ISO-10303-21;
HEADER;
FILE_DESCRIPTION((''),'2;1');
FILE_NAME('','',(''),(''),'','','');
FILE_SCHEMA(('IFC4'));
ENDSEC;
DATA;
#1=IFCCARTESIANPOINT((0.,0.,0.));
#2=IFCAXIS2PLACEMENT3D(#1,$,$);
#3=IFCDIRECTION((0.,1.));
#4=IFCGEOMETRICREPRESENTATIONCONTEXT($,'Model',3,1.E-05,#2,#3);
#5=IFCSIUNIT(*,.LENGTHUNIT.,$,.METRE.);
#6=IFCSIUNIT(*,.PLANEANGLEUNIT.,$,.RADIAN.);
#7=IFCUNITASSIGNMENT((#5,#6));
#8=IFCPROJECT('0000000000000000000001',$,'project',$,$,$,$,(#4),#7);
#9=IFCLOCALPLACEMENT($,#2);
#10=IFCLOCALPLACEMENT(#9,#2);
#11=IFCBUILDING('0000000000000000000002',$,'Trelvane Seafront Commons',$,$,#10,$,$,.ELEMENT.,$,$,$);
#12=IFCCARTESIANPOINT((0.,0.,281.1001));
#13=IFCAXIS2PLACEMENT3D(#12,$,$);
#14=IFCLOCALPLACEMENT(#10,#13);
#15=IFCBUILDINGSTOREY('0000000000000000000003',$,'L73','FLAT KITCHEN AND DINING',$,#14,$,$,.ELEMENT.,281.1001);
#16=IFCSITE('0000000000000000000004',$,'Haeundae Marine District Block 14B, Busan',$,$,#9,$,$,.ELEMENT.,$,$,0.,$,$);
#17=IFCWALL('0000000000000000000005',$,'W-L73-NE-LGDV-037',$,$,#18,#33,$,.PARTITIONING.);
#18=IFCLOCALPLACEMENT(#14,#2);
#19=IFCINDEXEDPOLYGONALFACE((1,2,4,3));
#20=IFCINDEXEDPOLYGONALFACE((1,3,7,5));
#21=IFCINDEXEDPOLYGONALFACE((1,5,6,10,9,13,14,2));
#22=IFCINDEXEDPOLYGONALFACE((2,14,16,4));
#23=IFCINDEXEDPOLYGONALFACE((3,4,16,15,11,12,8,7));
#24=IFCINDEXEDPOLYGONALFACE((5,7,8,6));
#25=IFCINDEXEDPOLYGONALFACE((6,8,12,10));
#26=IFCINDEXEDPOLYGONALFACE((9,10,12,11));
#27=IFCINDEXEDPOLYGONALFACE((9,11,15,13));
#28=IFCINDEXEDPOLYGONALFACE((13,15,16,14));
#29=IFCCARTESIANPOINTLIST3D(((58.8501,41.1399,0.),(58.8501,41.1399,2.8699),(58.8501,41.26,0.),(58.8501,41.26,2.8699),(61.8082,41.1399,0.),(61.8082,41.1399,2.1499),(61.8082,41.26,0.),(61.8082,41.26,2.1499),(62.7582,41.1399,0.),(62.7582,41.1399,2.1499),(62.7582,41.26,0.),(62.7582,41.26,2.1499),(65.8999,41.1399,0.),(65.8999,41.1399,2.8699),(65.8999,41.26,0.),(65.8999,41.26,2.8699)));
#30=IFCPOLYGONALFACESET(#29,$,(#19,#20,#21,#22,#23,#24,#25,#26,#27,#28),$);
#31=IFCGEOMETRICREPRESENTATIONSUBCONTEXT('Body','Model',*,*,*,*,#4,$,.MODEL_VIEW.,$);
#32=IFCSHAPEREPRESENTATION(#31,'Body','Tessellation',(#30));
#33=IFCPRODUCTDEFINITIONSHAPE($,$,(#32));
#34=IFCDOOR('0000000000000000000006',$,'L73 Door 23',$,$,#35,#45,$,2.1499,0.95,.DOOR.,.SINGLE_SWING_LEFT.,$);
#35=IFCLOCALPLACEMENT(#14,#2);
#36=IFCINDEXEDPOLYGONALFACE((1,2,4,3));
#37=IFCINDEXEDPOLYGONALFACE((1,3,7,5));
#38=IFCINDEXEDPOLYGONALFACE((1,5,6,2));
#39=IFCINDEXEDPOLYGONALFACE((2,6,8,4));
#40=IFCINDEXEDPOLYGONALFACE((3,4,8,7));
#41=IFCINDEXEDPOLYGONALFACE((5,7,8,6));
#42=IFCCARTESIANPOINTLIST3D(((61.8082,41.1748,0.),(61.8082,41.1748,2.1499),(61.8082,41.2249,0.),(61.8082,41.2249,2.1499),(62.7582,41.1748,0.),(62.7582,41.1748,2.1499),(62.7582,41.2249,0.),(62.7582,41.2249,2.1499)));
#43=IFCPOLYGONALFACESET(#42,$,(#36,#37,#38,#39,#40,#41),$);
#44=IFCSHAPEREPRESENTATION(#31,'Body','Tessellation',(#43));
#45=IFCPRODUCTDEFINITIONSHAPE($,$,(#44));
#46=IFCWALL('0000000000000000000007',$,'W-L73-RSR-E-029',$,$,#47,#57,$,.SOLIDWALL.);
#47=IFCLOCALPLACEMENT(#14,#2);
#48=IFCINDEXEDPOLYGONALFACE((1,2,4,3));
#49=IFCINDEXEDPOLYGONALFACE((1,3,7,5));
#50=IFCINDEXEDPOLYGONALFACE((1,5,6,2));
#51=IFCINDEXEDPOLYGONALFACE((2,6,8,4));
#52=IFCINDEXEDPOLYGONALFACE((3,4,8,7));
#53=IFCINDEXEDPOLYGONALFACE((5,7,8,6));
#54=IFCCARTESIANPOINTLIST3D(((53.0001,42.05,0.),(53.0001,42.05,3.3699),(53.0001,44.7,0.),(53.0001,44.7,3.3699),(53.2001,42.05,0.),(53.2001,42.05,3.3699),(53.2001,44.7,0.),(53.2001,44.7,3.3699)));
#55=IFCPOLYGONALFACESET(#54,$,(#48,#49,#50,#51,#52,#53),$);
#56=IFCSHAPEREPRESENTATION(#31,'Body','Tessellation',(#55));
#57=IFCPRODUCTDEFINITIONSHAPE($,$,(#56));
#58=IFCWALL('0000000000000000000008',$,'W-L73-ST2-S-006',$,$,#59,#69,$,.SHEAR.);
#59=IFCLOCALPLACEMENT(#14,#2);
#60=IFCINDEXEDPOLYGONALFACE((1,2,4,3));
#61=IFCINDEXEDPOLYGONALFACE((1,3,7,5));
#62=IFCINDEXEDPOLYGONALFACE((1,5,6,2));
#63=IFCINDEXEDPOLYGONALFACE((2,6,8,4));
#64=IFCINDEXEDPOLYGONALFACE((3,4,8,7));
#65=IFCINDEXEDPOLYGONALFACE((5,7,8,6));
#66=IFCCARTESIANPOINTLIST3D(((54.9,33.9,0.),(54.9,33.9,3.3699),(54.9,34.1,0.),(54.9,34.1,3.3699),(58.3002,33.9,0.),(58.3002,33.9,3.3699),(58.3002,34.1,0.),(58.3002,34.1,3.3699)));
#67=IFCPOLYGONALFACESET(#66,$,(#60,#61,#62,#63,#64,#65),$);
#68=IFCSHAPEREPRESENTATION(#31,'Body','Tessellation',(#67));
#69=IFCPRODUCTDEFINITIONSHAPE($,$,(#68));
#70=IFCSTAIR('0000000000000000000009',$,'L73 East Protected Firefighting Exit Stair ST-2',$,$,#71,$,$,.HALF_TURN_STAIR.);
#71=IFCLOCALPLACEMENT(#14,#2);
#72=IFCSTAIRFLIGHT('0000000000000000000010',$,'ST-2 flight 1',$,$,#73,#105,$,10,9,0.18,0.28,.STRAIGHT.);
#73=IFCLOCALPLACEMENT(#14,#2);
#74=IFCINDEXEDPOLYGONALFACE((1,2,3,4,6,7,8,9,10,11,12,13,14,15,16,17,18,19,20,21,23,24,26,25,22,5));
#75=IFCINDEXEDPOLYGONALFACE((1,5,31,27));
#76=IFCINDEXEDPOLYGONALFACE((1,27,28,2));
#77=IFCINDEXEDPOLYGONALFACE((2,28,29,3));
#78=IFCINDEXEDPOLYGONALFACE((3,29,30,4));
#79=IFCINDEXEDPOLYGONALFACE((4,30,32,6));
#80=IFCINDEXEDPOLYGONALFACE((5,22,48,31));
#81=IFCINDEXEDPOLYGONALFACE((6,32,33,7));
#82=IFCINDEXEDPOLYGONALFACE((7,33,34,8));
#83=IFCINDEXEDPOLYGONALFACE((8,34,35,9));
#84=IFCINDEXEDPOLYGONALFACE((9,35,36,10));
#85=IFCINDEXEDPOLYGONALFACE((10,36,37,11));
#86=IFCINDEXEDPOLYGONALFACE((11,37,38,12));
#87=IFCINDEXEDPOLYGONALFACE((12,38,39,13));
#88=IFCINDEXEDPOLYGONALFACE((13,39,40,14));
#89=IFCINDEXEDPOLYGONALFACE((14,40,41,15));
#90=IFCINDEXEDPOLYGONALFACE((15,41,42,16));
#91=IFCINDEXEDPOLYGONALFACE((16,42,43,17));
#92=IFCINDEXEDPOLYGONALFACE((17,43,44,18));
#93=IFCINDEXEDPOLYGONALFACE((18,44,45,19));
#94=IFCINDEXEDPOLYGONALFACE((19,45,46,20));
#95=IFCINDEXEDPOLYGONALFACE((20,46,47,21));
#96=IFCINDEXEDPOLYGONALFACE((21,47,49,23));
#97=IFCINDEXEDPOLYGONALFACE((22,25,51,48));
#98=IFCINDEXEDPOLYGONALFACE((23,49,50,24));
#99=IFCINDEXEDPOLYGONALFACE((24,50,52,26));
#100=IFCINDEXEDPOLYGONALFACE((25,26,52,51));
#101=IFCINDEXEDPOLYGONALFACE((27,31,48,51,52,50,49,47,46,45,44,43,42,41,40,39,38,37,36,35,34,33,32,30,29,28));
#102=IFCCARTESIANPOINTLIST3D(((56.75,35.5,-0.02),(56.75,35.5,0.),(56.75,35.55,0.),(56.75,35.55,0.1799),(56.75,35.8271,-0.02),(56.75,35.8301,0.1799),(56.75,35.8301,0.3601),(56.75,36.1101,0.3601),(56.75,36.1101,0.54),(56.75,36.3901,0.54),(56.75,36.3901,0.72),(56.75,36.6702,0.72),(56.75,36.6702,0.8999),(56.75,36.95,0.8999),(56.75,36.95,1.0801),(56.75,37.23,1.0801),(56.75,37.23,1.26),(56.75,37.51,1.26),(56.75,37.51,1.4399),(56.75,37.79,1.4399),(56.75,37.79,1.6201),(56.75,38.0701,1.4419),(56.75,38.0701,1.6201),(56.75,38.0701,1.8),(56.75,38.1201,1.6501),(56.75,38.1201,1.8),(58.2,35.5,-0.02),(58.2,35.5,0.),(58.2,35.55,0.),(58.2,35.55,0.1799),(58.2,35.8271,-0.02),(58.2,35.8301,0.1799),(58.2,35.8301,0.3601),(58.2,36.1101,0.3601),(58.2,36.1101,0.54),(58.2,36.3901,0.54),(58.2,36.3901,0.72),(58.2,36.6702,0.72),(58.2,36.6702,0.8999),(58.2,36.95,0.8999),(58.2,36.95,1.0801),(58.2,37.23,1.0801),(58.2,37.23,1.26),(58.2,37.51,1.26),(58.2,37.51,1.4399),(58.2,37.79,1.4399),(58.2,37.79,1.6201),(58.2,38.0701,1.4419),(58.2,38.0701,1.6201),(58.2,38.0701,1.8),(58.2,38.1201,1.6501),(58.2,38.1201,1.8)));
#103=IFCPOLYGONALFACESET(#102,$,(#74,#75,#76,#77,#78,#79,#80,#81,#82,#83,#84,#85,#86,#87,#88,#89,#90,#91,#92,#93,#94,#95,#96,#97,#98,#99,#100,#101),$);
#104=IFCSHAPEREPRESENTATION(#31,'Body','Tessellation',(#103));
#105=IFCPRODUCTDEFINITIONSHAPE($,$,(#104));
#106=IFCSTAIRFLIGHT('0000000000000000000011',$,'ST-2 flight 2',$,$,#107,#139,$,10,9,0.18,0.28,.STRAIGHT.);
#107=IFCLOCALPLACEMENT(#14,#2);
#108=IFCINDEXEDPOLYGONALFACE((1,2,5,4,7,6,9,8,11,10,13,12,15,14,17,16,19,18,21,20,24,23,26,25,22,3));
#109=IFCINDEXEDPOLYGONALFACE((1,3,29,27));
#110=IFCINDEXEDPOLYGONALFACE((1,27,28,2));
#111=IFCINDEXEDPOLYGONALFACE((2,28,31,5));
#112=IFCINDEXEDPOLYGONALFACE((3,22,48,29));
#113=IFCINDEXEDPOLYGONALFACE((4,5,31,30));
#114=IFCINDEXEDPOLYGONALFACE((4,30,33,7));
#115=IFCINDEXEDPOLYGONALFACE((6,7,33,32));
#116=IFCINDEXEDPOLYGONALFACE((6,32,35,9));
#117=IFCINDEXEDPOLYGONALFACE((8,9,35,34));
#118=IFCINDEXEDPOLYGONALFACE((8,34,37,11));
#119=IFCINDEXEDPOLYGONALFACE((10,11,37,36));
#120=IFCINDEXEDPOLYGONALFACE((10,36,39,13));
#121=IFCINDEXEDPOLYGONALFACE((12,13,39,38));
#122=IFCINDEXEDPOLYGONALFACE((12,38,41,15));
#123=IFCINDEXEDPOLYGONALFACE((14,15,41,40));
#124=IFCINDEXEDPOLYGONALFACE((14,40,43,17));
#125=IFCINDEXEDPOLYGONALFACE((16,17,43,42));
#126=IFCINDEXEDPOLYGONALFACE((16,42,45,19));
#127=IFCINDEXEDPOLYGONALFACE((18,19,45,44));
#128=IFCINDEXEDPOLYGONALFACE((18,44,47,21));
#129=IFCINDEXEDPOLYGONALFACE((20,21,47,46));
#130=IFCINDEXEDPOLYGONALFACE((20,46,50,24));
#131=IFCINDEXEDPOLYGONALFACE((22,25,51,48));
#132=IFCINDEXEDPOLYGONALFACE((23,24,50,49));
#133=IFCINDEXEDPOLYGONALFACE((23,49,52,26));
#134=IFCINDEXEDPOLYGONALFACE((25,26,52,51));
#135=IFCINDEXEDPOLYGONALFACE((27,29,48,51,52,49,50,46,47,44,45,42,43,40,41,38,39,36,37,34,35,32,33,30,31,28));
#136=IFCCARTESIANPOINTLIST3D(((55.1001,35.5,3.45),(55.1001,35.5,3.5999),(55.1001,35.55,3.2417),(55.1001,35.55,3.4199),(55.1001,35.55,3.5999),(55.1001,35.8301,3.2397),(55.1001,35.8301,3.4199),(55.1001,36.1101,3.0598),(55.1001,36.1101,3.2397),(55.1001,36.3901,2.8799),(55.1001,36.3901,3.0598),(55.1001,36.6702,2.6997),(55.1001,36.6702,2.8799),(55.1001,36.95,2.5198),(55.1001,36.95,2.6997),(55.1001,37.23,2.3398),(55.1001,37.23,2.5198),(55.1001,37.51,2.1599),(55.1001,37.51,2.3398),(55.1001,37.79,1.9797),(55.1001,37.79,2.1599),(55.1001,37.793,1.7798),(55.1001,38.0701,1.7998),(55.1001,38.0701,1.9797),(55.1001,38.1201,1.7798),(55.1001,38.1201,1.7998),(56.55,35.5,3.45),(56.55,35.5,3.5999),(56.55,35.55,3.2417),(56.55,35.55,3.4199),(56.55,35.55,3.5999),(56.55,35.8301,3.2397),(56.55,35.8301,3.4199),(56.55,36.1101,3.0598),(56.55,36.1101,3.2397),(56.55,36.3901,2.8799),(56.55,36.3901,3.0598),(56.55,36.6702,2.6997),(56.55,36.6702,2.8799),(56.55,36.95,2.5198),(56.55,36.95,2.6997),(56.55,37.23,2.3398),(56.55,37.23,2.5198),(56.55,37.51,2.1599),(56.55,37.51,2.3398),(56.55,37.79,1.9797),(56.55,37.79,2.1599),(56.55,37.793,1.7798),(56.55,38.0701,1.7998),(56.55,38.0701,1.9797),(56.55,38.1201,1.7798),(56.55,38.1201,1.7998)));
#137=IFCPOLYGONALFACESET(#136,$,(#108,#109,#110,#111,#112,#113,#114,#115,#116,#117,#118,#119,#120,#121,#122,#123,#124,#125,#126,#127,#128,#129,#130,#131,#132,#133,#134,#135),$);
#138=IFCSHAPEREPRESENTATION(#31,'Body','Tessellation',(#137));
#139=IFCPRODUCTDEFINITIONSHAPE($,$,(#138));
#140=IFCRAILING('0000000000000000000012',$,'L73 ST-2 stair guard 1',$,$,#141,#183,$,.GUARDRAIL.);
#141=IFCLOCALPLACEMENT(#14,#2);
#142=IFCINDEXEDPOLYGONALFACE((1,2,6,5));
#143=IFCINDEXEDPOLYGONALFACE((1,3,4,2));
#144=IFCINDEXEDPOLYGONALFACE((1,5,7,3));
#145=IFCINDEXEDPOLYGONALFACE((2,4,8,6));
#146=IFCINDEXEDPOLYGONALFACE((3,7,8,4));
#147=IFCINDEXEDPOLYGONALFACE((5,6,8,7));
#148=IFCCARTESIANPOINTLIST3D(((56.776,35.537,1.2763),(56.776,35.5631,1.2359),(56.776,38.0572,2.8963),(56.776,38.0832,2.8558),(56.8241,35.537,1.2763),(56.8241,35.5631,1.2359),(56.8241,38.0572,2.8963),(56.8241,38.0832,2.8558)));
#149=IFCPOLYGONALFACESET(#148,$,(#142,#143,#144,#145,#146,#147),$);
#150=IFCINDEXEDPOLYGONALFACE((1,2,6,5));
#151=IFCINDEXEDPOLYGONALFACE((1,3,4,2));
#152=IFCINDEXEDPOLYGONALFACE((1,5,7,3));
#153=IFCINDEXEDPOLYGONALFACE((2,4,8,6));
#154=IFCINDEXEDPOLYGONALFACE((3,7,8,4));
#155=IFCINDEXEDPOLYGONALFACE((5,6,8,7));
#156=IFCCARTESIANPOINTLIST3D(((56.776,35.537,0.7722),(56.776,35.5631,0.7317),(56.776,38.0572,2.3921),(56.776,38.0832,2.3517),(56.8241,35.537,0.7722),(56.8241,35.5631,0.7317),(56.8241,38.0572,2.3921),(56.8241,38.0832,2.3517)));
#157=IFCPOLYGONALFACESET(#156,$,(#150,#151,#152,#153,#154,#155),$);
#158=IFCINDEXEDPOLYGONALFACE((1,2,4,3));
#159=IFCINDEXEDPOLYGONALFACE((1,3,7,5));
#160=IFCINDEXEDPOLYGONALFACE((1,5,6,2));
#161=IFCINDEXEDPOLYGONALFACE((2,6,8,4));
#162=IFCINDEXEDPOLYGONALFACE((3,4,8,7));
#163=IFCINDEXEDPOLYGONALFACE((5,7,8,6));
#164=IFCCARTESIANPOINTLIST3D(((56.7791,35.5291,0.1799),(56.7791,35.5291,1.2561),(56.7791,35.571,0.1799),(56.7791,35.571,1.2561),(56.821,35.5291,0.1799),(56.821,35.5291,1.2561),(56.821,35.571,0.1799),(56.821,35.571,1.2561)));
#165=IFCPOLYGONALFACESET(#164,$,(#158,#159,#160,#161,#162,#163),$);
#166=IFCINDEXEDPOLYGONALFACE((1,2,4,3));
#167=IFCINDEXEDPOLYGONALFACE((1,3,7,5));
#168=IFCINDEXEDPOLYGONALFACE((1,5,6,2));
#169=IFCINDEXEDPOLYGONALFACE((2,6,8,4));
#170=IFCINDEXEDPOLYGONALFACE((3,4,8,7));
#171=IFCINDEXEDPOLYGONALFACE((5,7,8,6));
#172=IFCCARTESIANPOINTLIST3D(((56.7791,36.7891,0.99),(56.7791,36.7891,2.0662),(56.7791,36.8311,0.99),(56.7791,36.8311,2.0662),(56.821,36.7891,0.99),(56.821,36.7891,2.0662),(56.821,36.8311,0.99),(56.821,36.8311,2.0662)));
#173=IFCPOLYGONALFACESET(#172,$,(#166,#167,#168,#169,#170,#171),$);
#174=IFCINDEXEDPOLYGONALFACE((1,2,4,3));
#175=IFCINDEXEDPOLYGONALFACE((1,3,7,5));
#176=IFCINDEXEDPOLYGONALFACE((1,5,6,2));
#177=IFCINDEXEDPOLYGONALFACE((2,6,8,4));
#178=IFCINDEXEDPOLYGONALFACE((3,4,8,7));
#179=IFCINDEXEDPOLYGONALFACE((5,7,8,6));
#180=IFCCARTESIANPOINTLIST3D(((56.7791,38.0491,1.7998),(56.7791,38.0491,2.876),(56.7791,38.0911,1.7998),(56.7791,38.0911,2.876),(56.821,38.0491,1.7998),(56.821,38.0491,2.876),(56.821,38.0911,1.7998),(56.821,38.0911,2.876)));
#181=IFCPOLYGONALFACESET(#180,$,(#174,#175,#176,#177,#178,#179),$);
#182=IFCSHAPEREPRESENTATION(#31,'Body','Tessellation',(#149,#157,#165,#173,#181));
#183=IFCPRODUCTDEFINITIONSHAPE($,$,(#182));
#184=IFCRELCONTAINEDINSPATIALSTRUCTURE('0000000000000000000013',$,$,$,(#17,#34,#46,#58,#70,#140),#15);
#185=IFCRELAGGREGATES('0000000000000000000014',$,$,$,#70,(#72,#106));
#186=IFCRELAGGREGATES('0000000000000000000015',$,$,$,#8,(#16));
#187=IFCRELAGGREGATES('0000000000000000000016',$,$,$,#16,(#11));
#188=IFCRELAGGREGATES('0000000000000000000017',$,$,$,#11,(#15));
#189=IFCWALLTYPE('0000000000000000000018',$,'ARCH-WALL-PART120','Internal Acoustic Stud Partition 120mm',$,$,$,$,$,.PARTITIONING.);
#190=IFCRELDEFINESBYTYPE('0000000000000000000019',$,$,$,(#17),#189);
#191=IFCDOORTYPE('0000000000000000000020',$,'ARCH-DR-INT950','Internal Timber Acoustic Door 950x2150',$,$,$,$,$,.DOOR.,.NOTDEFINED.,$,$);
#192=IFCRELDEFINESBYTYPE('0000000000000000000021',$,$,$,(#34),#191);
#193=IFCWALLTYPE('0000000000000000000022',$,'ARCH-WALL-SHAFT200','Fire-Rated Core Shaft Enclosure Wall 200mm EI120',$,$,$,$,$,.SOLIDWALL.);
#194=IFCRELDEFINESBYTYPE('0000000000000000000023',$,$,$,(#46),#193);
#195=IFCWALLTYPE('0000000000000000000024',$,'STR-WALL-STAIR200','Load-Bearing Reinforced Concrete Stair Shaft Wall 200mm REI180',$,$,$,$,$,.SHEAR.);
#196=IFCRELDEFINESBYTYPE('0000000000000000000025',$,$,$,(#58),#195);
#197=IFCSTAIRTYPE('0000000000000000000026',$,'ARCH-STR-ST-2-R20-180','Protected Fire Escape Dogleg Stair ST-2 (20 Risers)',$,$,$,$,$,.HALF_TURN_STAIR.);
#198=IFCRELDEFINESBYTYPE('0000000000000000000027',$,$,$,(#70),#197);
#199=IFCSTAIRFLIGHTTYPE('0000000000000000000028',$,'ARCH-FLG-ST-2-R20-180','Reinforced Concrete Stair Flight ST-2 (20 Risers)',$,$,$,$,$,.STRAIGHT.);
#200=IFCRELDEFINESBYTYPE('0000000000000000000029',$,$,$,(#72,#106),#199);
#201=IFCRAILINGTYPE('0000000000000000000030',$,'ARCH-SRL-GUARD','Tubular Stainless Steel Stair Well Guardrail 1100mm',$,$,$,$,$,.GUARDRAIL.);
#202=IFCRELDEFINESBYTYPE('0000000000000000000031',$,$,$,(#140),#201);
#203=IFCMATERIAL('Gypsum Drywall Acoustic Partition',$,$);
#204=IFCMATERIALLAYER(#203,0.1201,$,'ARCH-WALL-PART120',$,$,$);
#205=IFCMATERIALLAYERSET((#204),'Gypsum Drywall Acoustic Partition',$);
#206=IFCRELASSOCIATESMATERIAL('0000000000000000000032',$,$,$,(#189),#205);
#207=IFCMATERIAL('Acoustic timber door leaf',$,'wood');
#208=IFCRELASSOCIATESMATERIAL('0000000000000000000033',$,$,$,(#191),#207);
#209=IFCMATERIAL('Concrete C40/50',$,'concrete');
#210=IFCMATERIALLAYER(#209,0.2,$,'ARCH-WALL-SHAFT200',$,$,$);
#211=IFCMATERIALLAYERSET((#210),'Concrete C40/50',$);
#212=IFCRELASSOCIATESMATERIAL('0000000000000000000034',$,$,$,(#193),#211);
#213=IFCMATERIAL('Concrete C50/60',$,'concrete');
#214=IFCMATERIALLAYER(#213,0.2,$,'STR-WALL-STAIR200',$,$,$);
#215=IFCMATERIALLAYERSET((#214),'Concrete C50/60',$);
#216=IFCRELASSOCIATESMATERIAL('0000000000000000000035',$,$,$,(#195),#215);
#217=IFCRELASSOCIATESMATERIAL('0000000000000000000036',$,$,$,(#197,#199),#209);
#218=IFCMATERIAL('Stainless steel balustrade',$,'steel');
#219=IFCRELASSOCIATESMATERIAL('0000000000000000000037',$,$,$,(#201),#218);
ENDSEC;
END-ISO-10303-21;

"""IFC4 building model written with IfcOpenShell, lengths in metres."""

from ifc_helpers import new_model, si_unit, direction, frame, frame_2d, origin, origin_2d, place, context, subcontext, project, spatial, polyline, rectangle, outline, extrude, source, transform, mapped, material, layer, layer_set, type_object, element, fill, aggregate, save


model = new_model("IFC4")

# Units and contexts
model_context = context("Model", 3, precision=1e-05, world=origin(), true_north=direction((0.0, 1.0)))
body_context = subcontext(model_context, "Body", "Model", "MODEL_VIEW")
ifc_project = project(units=[si_unit("LENGTHUNIT", "METRE"), si_unit("PLANEANGLEUNIT", "RADIAN")], contexts=[model_context])

# Site, building, storey
site_placement = place(None, origin())
site = spatial("IfcSite", under=ifc_project, at=site_placement, Name="Haeundae Marine District Block 14B, Busan", CompositionType="ELEMENT", RefElevation=0.0)
building_placement = place(site_placement, origin())
building = spatial("IfcBuilding", under=site, at=building_placement, Name="Trelvane Seafront Commons", CompositionType="ELEMENT")
storey_placement = place(building_placement, frame((0.0, 0.0, 281.1001)))
storey = spatial("IfcBuildingStorey", under=building, at=storey_placement, Name="L73", Description="FLAT KITCHEN AND DINING", CompositionType="ELEMENT", Elevation=281.1001)

# Shared definitions
ifc_material_1 = material(Name="Concrete C50/60", Category="concrete")

# Shared definitions
ifc_material_2 = material(Name="Concrete C40/50", Category="concrete")

# Wall, opening, door
ifc_material_3 = material(Name="Gypsum Drywall Acoustic Partition")
ifc_layer_1 = layer(ifc_material_3, 0.1201, Name="ARCH-WALL-PART120")
ifc_layer_set_1 = layer_set([ifc_layer_1], Name="Gypsum Drywall Acoustic Partition")
wall_type_1 = type_object("IfcWallType", Name="ARCH-WALL-PART120", Description="Internal Acoustic Stud Partition 120mm", PredefinedType="PARTITIONING", material=ifc_layer_set_1)
wall_1_placement = place(storey_placement, frame((58.8501, 41.2, 0.0), z_axis=(0.0, 0.0, 1.0), x_axis=(1.0, 0.0, 0.0)))
wall_1 = element("IfcWall", 1, at=wall_1_placement, inside=storey, type_object=wall_type_1, Name="W-L73-NE-LGDV-037", PredefinedType="PARTITIONING", context=body_context, shape_type="SweptSolid", body=[
    extrude(rectangle(XDim=7.0498, YDim=0.1201, at=frame_2d((3.5249, 0.0))), origin(), (0.0, 0.0, 1.0), 2.8699),
])
opening_1_placement = place(wall_1_placement, frame((2.958, 0.0, 0.0)))
opening_1 = element("IfcOpeningElement", 2, at=opening_1_placement, cuts=wall_1, PredefinedType="OPENING", context=body_context, shape_type="SweptSolid", body=[
    extrude(rectangle(XDim=0.95, YDim=2.1499, at=frame_2d((0.4751, 1.075))), frame((0.0, 0.0701, 0.0), z_axis=(0.0, -1.0, 0.0), x_axis=(1.0, 0.0, 0.0)), (0.0, 0.0, 1.0), 0.1401),
])
ifc_material_4 = material(Name="Acoustic timber door leaf", Category="wood")
door_type_1 = type_object("IfcDoorType", Name="ARCH-DR-INT950", Description="Internal Timber Acoustic Door 950x2150", OperationType="NOTDEFINED", PredefinedType="DOOR", material=ifc_material_4)
shared_shape_1 = source(origin(), body_context, "Body", "SweptSolid", [
    extrude(rectangle(XDim=0.95, YDim=2.1499, at=frame_2d((0.4751, 1.075))), frame((0.0, 0.0249, 0.0), z_axis=(0.0, -1.0, 0.0), x_axis=(1.0, 0.0, 0.0)), (0.0, 0.0, 1.0), 0.05),
])
door_1_placement = place(opening_1_placement, origin())
door_1 = element("IfcDoor", 3, at=door_1_placement, inside=storey, type_object=door_type_1, Name="L73 Door 23", OperationType="SINGLE_SWING_LEFT", OverallHeight=2.1499, OverallWidth=0.95, PredefinedType="DOOR", context=body_context, shape_type="MappedRepresentation", body=[
    mapped(shared_shape_1, transform((0.0, 0.0, 0.0), x_axis=(1.0, 0.0, 0.0), y_axis=(0.0, 1.0, 0.0), z_axis=(0.0, 0.0, 1.0), scale=1.0)),
])
fill(opening_1, door_1)

# Walls
ifc_layer_2 = layer(ifc_material_2, 0.2, Name="ARCH-WALL-SHAFT200")
ifc_layer_set_2 = layer_set([ifc_layer_2], Name="Concrete C40/50")
wall_type_2 = type_object("IfcWallType", Name="ARCH-WALL-SHAFT200", Description="Fire-Rated Core Shaft Enclosure Wall 200mm EI120", PredefinedType="SOLIDWALL", material=ifc_layer_set_2)
wall_2_placement = place(storey_placement, frame((53.1001, 42.05, 0.0), z_axis=(0.0, 0.0, 1.0), x_axis=(0.0, 1.0, 0.0)))
element("IfcWall", 4, at=wall_2_placement, inside=storey, type_object=wall_type_2, Name="W-L73-RSR-E-029", PredefinedType="SOLIDWALL", context=body_context, shape_type="SweptSolid", body=[
    extrude(rectangle(XDim=2.6499, YDim=0.2, at=frame_2d((1.325, 0.0))), origin(), (0.0, 0.0, 1.0), 3.3699),
])
ifc_layer_3 = layer(ifc_material_1, 0.2, Name="STR-WALL-STAIR200")
ifc_layer_set_3 = layer_set([ifc_layer_3], Name="Concrete C50/60")
wall_type_3 = type_object("IfcWallType", Name="STR-WALL-STAIR200", Description="Load-Bearing Reinforced Concrete Stair Shaft Wall 200mm REI180", PredefinedType="SHEAR", material=ifc_layer_set_3)
wall_3_placement = place(storey_placement, frame((54.8999, 34.0, 0.0), z_axis=(0.0, 0.0, 1.0), x_axis=(1.0, 0.0, 0.0)))
element("IfcWall", 5, at=wall_3_placement, inside=storey, type_object=wall_type_3, Name="W-L73-ST2-S-006", PredefinedType="SHEAR", context=body_context, shape_type="SweptSolid", body=[
    extrude(rectangle(XDim=3.4001, YDim=0.2, at=frame_2d((1.7002, 0.0))), origin(), (0.0, 0.0, 1.0), 3.3699),
])

# Stair, stair flights
stair_type = type_object("IfcStairType", Name="ARCH-STR-ST-2-R20-180", Description="Protected Fire Escape Dogleg Stair ST-2 (20 Risers)", PredefinedType="HALF_TURN_STAIR", material=ifc_material_2)
stair_placement = place(storey_placement, origin())
stair = element("IfcStair", 6, at=stair_placement, inside=storey, type_object=stair_type, Name="L73 East Protected Firefighting Exit Stair ST-2", PredefinedType="HALF_TURN_STAIR")
stair_flight_type = type_object("IfcStairFlightType", Name="ARCH-FLG-ST-2-R20-180", Description="Reinforced Concrete Stair Flight ST-2 (20 Risers)", PredefinedType="STRAIGHT", material=ifc_material_2)
shared_shape_2 = source(origin(), body_context, "Body", "SweptSolid", [
    extrude(outline(polyline([(-0.05, -0.02), (-0.05, 0.0), (0.0, 0.0), (0.0, 0.1799), (0.28, 0.1799), (0.28, 0.3601), (0.5601, 0.3601), (0.5601, 0.54), (0.8401, 0.54), (0.8401, 0.72), (1.1201, 0.72), (1.1201, 0.8999), (1.3999, 0.8999), (1.3999, 1.0801), (1.6799, 1.0801), (1.6799, 1.26), (1.96, 1.26), (1.96, 1.4399), (2.24, 1.4399), (2.24, 1.6201), (2.52, 1.6201), (2.52, 1.8), (2.5701, 1.8), (2.5701, 1.6501), (2.52, 1.4419), (0.2771, -0.02), (-0.05, -0.02)])), frame((0.0, 0.7251, 0.0), z_axis=(0.0, -1.0, 0.0), x_axis=(1.0, 0.0, 0.0)), (0.0, 0.0, 1.0), 1.45),
])
stair_flight_1_placement = place(storey_placement, frame((57.4751, 35.55, 0.0), z_axis=(0.0, 0.0, 1.0), x_axis=(0.0, 1.0, 0.0)))
stair_flight_1 = element("IfcStairFlight", 7, at=stair_flight_1_placement, type_object=stair_flight_type, Name="ST-2 flight 1", NumberOfRisers=10, NumberOfTreads=9, PredefinedType="STRAIGHT", RiserHeight=0.18, TreadLength=0.28, context=body_context, shape_type="MappedRepresentation", body=[
    mapped(shared_shape_2, transform((0.0, 0.0, 0.0), x_axis=(1.0, 0.0, 0.0), y_axis=(0.0, 1.0, 0.0), z_axis=(0.0, 0.0, 1.0), scale=1.0)),
])
stair_flight_2_placement = place(storey_placement, frame((55.825, 38.0701, 1.7998), z_axis=(0.0, 0.0, 1.0), x_axis=(0.0, -1.0, 0.0)))
stair_flight_2 = element("IfcStairFlight", 8, at=stair_flight_2_placement, type_object=stair_flight_type, Name="ST-2 flight 2", NumberOfRisers=10, NumberOfTreads=9, PredefinedType="STRAIGHT", RiserHeight=0.18, TreadLength=0.28, context=body_context, shape_type="MappedRepresentation", body=[
    mapped(shared_shape_2, transform((0.0, 0.0, 0.0), x_axis=(1.0, 0.0, 0.0), y_axis=(0.0, 1.0, 0.0), z_axis=(0.0, 0.0, 1.0), scale=1.0)),
])
aggregate(stair, [stair_flight_1, stair_flight_2])

# Railing
ifc_material_5 = material(Name="Stainless steel balustrade", Category="steel")
railing_type_1 = type_object("IfcRailingType", Name="ARCH-SRL-GUARD", Description="Tubular Stainless Steel Stair Well Guardrail 1100mm", PredefinedType="GUARDRAIL", material=ifc_material_5)
railing_1_placement = place(storey_placement, frame((56.8, 35.55, 0.1799)))
element("IfcRailing", 9, at=railing_1_placement, inside=storey, type_object=railing_type_1, Name="L73 ST-2 stair guard 1", PredefinedType="GUARDRAIL", context=body_context, shape_type="SweptSolid", body=[
    extrude(rectangle(XDim=0.0481, YDim=0.0481, at=origin_2d()), frame((0.0, 0.0, 1.0762), z_axis=(0.0, 0.8412, 0.540725), x_axis=(-1.0, 0.0, 0.0)), (0.0, 0.0, 1.0), 2.9958),
    extrude(rectangle(XDim=0.0481, YDim=0.0481, at=origin_2d()), frame((0.0, 0.0, 0.572), z_axis=(0.0, 0.8412, 0.540725), x_axis=(-1.0, 0.0, 0.0)), (0.0, 0.0, 1.0), 2.9958),
    extrude(rectangle(XDim=0.042, YDim=0.042, at=origin_2d()), origin(), (0.0, 0.0, 1.0), 1.0762),
    extrude(rectangle(XDim=0.042, YDim=0.042, at=origin_2d()), frame((0.0, 1.26, 0.8101)), (0.0, 0.0, 1.0), 1.0762),
    extrude(rectangle(XDim=0.042, YDim=0.042, at=origin_2d()), frame((0.0, 2.52, 1.6199)), (0.0, 0.0, 1.0), 1.0762),
])

save(model, "model.ifc")
